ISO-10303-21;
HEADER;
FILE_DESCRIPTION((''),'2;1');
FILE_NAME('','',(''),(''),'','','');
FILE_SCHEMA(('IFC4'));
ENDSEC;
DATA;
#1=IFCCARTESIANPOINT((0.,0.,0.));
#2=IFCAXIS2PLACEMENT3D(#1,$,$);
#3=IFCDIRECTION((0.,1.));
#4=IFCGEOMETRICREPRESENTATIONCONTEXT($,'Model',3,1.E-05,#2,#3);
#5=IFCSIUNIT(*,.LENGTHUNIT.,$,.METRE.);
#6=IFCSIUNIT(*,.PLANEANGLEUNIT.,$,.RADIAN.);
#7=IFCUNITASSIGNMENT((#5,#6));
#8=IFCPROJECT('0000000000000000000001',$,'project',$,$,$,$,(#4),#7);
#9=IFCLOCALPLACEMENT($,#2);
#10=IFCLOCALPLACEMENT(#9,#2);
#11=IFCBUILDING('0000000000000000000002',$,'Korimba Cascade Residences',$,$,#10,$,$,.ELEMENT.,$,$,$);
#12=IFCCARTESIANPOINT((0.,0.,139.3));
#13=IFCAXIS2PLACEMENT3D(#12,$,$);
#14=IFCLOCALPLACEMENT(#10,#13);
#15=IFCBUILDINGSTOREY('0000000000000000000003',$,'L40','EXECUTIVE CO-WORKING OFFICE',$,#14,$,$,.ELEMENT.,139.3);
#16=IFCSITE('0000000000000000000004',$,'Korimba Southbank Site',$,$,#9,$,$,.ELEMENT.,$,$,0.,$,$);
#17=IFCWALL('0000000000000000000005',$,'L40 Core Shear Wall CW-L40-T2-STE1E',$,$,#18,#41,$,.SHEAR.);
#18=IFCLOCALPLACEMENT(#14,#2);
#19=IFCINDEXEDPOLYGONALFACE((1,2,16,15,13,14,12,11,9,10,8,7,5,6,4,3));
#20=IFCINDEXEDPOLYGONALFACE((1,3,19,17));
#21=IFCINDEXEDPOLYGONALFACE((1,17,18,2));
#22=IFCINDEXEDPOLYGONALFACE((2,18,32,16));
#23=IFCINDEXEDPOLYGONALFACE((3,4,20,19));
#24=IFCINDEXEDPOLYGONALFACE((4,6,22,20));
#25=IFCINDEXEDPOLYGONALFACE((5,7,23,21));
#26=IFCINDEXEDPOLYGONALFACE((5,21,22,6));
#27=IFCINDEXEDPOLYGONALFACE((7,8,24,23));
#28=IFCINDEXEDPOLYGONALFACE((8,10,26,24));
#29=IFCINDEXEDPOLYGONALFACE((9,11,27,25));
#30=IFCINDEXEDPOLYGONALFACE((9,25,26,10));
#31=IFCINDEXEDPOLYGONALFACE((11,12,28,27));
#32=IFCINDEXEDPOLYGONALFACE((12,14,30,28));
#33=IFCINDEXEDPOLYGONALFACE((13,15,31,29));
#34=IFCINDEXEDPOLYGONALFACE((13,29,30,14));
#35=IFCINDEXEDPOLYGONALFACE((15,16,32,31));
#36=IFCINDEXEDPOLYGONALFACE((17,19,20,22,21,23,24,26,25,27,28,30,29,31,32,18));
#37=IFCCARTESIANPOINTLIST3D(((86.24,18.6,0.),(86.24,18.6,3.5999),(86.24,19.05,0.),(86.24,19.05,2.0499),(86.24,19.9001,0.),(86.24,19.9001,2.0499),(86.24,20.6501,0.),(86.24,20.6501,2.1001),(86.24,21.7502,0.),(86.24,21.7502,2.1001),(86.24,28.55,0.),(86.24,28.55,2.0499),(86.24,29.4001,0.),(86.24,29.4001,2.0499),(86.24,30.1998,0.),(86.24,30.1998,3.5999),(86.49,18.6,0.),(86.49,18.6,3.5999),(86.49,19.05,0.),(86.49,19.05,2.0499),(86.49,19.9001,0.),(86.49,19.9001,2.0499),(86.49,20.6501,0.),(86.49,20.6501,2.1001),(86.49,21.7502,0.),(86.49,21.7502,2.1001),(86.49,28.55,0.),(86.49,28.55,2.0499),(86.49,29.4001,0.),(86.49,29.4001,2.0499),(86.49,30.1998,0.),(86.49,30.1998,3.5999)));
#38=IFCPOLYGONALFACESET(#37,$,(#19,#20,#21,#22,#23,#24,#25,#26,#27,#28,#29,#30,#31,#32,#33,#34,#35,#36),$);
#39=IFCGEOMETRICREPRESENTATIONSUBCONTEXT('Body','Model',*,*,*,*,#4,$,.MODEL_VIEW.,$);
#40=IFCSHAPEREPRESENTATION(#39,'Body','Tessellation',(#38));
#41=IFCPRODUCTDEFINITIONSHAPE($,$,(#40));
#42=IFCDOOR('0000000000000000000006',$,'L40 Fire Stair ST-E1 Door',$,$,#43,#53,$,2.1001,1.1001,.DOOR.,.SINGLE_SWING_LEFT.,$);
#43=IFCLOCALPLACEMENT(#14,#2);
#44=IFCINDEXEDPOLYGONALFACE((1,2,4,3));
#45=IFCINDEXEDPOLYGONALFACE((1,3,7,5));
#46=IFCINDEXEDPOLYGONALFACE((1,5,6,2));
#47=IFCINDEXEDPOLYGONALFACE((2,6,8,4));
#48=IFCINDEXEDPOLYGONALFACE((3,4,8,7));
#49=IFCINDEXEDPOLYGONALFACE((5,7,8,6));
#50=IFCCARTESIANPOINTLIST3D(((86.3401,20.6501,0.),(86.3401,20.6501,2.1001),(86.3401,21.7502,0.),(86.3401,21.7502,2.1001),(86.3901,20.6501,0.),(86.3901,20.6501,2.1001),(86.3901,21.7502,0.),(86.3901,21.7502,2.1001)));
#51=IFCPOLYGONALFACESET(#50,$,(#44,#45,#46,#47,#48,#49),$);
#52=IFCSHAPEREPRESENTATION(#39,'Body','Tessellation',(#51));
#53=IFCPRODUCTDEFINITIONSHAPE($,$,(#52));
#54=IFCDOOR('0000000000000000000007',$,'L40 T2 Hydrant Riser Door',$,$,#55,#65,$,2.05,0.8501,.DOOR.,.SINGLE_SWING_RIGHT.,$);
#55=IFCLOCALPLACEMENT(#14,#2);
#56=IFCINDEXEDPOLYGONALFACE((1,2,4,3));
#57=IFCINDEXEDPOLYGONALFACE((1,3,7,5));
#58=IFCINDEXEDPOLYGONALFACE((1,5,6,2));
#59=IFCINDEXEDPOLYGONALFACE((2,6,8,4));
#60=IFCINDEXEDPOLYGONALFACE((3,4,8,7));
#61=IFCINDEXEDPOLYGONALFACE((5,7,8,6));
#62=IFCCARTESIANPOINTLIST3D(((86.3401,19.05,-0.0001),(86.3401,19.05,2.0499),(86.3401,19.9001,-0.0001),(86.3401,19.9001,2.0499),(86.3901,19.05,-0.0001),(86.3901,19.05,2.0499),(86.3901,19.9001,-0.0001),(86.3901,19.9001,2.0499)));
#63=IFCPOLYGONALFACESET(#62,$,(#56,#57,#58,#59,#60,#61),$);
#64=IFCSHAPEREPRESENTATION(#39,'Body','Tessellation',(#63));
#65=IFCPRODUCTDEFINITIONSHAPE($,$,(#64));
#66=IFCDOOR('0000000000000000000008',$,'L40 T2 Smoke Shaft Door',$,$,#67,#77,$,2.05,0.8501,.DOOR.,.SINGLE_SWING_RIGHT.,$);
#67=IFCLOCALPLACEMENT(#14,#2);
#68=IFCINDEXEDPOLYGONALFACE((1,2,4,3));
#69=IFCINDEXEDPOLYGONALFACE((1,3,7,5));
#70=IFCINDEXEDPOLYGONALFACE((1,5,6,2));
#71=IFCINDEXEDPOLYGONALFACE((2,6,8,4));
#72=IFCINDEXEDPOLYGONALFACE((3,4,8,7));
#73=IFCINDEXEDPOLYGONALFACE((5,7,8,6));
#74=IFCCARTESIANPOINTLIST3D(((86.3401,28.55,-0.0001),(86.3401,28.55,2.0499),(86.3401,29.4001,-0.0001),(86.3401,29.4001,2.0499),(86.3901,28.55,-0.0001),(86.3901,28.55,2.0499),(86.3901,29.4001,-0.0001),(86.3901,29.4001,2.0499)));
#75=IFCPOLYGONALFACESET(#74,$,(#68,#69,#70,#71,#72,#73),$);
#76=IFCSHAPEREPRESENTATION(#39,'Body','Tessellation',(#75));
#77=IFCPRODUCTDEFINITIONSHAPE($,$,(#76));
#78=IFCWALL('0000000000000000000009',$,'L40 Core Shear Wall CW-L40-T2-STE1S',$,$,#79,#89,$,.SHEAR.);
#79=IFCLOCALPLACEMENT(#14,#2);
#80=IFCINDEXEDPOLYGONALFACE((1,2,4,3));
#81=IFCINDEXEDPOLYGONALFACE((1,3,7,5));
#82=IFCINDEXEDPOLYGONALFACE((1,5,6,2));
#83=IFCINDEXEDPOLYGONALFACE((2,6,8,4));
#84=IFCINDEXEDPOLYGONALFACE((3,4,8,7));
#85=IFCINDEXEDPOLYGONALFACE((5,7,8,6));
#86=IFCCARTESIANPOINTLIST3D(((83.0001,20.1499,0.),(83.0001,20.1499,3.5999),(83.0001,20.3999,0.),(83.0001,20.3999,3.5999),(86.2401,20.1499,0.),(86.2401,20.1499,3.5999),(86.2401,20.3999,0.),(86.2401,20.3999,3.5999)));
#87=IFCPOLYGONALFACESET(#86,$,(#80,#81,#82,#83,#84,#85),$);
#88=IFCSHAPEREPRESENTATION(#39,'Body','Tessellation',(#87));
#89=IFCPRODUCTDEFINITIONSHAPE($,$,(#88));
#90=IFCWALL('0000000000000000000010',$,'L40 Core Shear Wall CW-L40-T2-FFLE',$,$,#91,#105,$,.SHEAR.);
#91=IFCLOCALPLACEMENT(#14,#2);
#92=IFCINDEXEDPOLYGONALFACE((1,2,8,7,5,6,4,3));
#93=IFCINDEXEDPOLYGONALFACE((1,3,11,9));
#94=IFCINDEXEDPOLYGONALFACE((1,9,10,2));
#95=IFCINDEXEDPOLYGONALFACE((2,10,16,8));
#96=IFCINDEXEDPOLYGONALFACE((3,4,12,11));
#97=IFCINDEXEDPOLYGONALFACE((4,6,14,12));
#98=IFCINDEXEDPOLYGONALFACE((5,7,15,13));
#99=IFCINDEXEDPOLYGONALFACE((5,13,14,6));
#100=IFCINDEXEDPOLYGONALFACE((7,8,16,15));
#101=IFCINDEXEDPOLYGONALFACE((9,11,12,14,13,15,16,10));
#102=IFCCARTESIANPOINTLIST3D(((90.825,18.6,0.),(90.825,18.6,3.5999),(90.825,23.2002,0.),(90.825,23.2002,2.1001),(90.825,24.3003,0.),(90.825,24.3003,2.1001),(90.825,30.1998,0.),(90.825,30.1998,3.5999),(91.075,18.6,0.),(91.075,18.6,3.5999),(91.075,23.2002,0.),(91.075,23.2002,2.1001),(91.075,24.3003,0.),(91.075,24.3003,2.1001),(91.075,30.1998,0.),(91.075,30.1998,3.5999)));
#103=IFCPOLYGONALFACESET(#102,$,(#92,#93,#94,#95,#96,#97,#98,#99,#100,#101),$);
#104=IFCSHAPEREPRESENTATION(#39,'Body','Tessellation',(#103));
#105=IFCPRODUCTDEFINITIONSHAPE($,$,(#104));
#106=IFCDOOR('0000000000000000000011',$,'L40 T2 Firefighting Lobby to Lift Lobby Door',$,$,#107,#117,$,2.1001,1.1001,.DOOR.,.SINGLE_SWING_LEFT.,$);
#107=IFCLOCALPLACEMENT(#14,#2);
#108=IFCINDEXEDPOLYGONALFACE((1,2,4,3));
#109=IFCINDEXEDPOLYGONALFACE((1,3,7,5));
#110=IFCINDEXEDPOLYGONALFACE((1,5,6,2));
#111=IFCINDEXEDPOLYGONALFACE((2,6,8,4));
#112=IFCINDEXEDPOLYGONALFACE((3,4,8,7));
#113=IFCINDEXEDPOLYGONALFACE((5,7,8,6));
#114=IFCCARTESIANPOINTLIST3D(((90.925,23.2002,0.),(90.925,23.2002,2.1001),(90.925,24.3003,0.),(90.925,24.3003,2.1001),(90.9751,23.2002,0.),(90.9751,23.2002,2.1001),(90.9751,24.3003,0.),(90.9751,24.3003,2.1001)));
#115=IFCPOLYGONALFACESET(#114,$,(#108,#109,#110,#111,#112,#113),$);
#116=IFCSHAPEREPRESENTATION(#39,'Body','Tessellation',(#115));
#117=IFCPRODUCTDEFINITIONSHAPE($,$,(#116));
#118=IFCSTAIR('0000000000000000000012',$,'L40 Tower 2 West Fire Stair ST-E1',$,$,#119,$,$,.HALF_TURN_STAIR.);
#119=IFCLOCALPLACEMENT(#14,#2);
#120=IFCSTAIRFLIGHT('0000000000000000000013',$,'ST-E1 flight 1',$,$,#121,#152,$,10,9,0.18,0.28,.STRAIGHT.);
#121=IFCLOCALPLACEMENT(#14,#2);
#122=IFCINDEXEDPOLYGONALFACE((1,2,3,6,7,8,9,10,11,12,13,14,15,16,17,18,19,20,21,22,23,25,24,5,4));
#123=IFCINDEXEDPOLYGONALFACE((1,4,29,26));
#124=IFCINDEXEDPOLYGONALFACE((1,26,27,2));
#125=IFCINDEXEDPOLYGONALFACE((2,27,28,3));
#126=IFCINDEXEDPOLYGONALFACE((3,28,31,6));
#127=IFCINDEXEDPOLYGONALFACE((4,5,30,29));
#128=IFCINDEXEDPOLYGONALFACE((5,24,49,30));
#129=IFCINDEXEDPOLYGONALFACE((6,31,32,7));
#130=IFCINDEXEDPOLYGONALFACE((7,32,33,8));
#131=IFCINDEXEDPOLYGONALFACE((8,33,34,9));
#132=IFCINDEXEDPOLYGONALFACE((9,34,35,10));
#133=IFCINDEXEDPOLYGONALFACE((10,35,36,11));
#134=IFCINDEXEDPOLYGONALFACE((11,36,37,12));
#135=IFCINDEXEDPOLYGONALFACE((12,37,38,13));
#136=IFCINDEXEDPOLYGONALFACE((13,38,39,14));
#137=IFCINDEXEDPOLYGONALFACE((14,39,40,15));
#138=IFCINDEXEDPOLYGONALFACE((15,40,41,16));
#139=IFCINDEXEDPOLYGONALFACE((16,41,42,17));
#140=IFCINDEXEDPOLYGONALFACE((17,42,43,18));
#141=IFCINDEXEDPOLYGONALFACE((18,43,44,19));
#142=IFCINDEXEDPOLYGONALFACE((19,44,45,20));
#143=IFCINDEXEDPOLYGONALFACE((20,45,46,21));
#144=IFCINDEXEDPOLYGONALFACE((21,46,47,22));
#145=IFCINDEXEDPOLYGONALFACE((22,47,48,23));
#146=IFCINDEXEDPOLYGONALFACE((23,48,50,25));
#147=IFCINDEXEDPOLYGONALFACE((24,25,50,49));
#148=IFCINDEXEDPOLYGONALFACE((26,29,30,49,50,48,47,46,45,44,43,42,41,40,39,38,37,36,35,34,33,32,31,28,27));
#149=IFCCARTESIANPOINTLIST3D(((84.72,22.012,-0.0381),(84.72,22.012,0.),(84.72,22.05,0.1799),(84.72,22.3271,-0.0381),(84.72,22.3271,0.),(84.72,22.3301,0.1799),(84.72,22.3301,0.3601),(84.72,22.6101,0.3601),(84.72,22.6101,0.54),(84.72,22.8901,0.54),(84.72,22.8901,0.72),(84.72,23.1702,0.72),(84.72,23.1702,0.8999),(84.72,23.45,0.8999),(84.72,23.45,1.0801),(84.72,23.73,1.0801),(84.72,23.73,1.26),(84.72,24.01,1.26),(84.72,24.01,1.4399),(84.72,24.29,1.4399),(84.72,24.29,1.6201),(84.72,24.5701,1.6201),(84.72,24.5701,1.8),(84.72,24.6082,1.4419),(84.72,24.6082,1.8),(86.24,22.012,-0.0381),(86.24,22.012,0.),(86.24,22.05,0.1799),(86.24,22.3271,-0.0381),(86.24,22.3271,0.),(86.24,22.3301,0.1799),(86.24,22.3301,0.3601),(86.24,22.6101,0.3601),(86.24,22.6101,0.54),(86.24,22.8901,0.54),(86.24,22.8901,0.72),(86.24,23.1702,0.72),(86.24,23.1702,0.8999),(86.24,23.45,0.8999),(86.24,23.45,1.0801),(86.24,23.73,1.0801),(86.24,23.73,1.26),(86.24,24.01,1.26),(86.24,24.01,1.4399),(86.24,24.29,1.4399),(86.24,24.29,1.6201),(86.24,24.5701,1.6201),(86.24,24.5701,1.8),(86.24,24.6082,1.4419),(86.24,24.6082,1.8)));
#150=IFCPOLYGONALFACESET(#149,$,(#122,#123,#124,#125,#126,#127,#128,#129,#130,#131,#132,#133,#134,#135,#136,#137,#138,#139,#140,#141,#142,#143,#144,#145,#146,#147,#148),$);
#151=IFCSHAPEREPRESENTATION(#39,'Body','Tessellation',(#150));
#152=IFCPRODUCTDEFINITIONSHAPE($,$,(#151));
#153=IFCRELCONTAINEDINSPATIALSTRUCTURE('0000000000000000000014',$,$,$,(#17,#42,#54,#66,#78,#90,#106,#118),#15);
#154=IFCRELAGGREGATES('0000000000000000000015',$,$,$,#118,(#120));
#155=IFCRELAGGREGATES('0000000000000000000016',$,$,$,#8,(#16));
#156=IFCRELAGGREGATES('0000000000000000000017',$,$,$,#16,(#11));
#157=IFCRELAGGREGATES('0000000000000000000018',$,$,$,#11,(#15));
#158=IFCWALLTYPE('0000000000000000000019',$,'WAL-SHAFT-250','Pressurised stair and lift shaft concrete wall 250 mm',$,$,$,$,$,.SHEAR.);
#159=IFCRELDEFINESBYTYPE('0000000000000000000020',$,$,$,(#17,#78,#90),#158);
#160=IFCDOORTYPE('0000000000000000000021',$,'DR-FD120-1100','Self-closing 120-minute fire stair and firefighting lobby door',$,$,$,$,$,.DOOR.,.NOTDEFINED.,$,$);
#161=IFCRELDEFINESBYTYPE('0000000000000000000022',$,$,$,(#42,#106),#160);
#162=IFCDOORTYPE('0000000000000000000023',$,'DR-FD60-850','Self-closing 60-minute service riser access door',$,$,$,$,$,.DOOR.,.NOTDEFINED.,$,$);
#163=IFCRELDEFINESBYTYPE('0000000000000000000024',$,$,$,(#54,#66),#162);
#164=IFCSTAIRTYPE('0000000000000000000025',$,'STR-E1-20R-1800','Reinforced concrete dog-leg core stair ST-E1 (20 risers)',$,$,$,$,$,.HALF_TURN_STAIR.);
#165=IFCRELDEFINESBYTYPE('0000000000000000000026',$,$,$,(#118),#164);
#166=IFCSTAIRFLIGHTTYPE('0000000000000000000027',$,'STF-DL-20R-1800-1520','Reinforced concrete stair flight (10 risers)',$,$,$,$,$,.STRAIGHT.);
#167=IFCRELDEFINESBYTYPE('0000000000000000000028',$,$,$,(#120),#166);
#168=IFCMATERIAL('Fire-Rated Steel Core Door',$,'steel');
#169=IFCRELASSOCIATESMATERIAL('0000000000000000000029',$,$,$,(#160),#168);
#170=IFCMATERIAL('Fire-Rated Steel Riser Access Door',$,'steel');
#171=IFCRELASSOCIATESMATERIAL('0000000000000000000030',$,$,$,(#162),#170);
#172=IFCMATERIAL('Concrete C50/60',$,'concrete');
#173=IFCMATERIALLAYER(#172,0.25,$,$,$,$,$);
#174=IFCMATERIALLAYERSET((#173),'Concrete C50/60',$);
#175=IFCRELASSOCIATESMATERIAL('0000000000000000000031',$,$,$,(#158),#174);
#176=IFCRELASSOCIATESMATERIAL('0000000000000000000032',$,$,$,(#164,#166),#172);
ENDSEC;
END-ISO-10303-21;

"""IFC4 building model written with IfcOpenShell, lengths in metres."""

from ifc_helpers import new_model, si_unit, direction, frame, frame_2d, origin, place, context, subcontext, project, spatial, polyline, rectangle, outline, extrude, material, layer, layer_set, type_object, element, fill, aggregate, save


model = new_model("IFC4")

# Units and contexts
model_context = context("Model", 3, precision=1e-05, world=origin(), true_north=direction((0.0, 1.0)))
body_context = subcontext(model_context, "Body", "Model", "MODEL_VIEW")
ifc_project = project(units=[si_unit("LENGTHUNIT", "METRE"), si_unit("PLANEANGLEUNIT", "RADIAN")], contexts=[model_context])

# Site, building, storey
site_placement = place(None, origin())
site = spatial("IfcSite", under=ifc_project, at=site_placement, Name="Korimba Southbank Site", CompositionType="ELEMENT", RefElevation=0.0)
building_placement = place(site_placement, origin())
building = spatial("IfcBuilding", under=site, at=building_placement, Name="Korimba Cascade Residences", CompositionType="ELEMENT")
storey_placement = place(building_placement, frame((0.0, 0.0, 139.3)))
storey = spatial("IfcBuildingStorey", under=building, at=storey_placement, Name="L40", Description="EXECUTIVE CO-WORKING OFFICE", CompositionType="ELEMENT", Elevation=139.3)

# Shared definitions
ifc_material_1 = material(Name="Fire-Rated Steel Core Door", Category="steel")
door_type_1 = type_object("IfcDoorType", Name="DR-FD120-1100", Description="Self-closing 120-minute fire stair and firefighting lobby door", OperationType="NOTDEFINED", PredefinedType="DOOR", material=ifc_material_1)

# Shared definitions
ifc_material_2 = material(Name="Fire-Rated Steel Riser Access Door", Category="steel")
door_type_2 = type_object("IfcDoorType", Name="DR-FD60-850", Description="Self-closing 60-minute service riser access door", OperationType="NOTDEFINED", PredefinedType="DOOR", material=ifc_material_2)

# Shared definitions
ifc_material_3 = material(Name="Concrete C50/60", Category="concrete")
ifc_layer_1 = layer(ifc_material_3, 0.25)
ifc_layer_set_1 = layer_set([ifc_layer_1], Name="Concrete C50/60")
wall_type_1 = type_object("IfcWallType", Name="WAL-SHAFT-250", Description="Pressurised stair and lift shaft concrete wall 250 mm", PredefinedType="SHEAR", material=ifc_layer_set_1)

# Wall, openings, doors
wall_1_placement = place(storey_placement, frame((86.365, 18.6001, 0.0), z_axis=(0.0, 0.0, 1.0), x_axis=(0.0, 1.0, 0.0)))
wall_1 = element("IfcWall", 1, at=wall_1_placement, inside=storey, type_object=wall_type_1, Name="L40 Core Shear Wall CW-L40-T2-STE1E", PredefinedType="SHEAR", context=body_context, shape_type="SweptSolid", body=[
    extrude(rectangle(XDim=11.5999, YDim=0.25, at=frame_2d((5.7998, 0.0))), origin(), (0.0, 0.0, 1.0), 3.5999),
])
opening_1_placement = place(wall_1_placement, frame((0.45, 0.0, 0.0)))
opening_1 = element("IfcOpeningElement", 2, at=opening_1_placement, cuts=wall_1, PredefinedType="OPENING", context=body_context, shape_type="SweptSolid", body=[
    extrude(rectangle(XDim=0.8501, YDim=2.05, at=frame_2d((0.425, 1.0249))), frame((0.0, 0.135, 0.0), z_axis=(0.0, -1.0, 0.0), x_axis=(1.0, 0.0, 0.0)), (0.0, 0.0, 1.0), 0.27),
])
opening_2_placement = place(wall_1_placement, frame((2.05, 0.0, 0.0)))
opening_2 = element("IfcOpeningElement", 3, at=opening_2_placement, cuts=wall_1, PredefinedType="OPENING", context=body_context, shape_type="SweptSolid", body=[
    extrude(rectangle(XDim=1.1001, YDim=2.1001, at=frame_2d((0.55, 1.05))), frame((0.0, 0.135, 0.0), z_axis=(0.0, -1.0, 0.0), x_axis=(1.0, 0.0, 0.0)), (0.0, 0.0, 1.0), 0.27),
])
opening_3_placement = place(wall_1_placement, frame((9.95, 0.0, 0.0)))
opening_3 = element("IfcOpeningElement", 4, at=opening_3_placement, cuts=wall_1, PredefinedType="OPENING", context=body_context, shape_type="SweptSolid", body=[
    extrude(rectangle(XDim=0.8501, YDim=2.05, at=frame_2d((0.425, 1.0249))), frame((0.0, 0.135, 0.0), z_axis=(0.0, -1.0, 0.0), x_axis=(1.0, 0.0, 0.0)), (0.0, 0.0, 1.0), 0.27),
])
door_1_placement = place(opening_2_placement, origin())
door_1 = element("IfcDoor", 5, at=door_1_placement, inside=storey, type_object=door_type_1, Name="L40 Fire Stair ST-E1 Door", OperationType="SINGLE_SWING_LEFT", OverallHeight=2.1001, OverallWidth=1.1001, PredefinedType="DOOR", context=body_context, shape_type="SweptSolid", body=[
    extrude(rectangle(XDim=1.1001, YDim=2.1001, at=frame_2d((0.55, 1.05))), frame((0.0, 0.0249, 0.0), z_axis=(0.0, -1.0, 0.0), x_axis=(1.0, 0.0, 0.0)), (0.0, 0.0, 1.0), 0.05),
])
fill(opening_2, door_1)
door_2_placement = place(opening_1_placement, origin())
door_2 = element("IfcDoor", 6, at=door_2_placement, inside=storey, type_object=door_type_2, Name="L40 T2 Hydrant Riser Door", OperationType="SINGLE_SWING_RIGHT", OverallHeight=2.05, OverallWidth=0.8501, PredefinedType="DOOR", context=body_context, shape_type="SweptSolid", body=[
    extrude(rectangle(XDim=0.8501, YDim=2.05, at=frame_2d((0.425, 1.0249))), frame((0.0, 0.0249, 0.0), z_axis=(0.0, -1.0, 0.0), x_axis=(1.0, 0.0, 0.0)), (0.0, 0.0, 1.0), 0.05),
])
fill(opening_1, door_2)
door_3_placement = place(opening_3_placement, origin())
door_3 = element("IfcDoor", 7, at=door_3_placement, inside=storey, type_object=door_type_2, Name="L40 T2 Smoke Shaft Door", OperationType="SINGLE_SWING_RIGHT", OverallHeight=2.05, OverallWidth=0.8501, PredefinedType="DOOR", context=body_context, shape_type="SweptSolid", body=[
    extrude(rectangle(XDim=0.8501, YDim=2.05, at=frame_2d((0.425, 1.0249))), frame((0.0, 0.0249, 0.0), z_axis=(0.0, -1.0, 0.0), x_axis=(1.0, 0.0, 0.0)), (0.0, 0.0, 1.0), 0.05),
])
fill(opening_3, door_3)

# Wall
wall_2_placement = place(storey_placement, frame((83.0, 20.2749, 0.0), z_axis=(0.0, 0.0, 1.0), x_axis=(1.0, 0.0, 0.0)))
element("IfcWall", 8, at=wall_2_placement, inside=storey, type_object=wall_type_1, Name="L40 Core Shear Wall CW-L40-T2-STE1S", PredefinedType="SHEAR", context=body_context, shape_type="SweptSolid", body=[
    extrude(rectangle(XDim=3.24, YDim=0.25, at=frame_2d((1.6201, 0.0))), origin(), (0.0, 0.0, 1.0), 3.5999),
])

# Wall, opening, door
wall_3_placement = place(storey_placement, frame((90.95, 18.6001, 0.0), z_axis=(0.0, 0.0, 1.0), x_axis=(0.0, 1.0, 0.0)))
wall_3 = element("IfcWall", 9, at=wall_3_placement, inside=storey, type_object=wall_type_1, Name="L40 Core Shear Wall CW-L40-T2-FFLE", PredefinedType="SHEAR", context=body_context, shape_type="SweptSolid", body=[
    extrude(rectangle(XDim=11.5999, YDim=0.25, at=frame_2d((5.7998, 0.0))), origin(), (0.0, 0.0, 1.0), 3.5999),
])
opening_4_placement = place(wall_3_placement, frame((4.6001, 0.0, 0.0)))
opening_4 = element("IfcOpeningElement", 10, at=opening_4_placement, cuts=wall_3, PredefinedType="OPENING", context=body_context, shape_type="SweptSolid", body=[
    extrude(rectangle(XDim=1.1001, YDim=2.1001, at=frame_2d((0.55, 1.05))), frame((0.0, 0.135, 0.0), z_axis=(0.0, -1.0, 0.0), x_axis=(1.0, 0.0, 0.0)), (0.0, 0.0, 1.0), 0.27),
])
door_4_placement = place(opening_4_placement, origin())
door_4 = element("IfcDoor", 11, at=door_4_placement, inside=storey, type_object=door_type_1, Name="L40 T2 Firefighting Lobby to Lift Lobby Door", OperationType="SINGLE_SWING_LEFT", OverallHeight=2.1001, OverallWidth=1.1001, PredefinedType="DOOR", context=body_context, shape_type="SweptSolid", body=[
    extrude(rectangle(XDim=1.1001, YDim=2.1001, at=frame_2d((0.55, 1.05))), frame((0.0, 0.0249, 0.0), z_axis=(0.0, -1.0, 0.0), x_axis=(1.0, 0.0, 0.0)), (0.0, 0.0, 1.0), 0.05),
])
fill(opening_4, door_4)

# Stair, stair flight
stair_type = type_object("IfcStairType", Name="STR-E1-20R-1800", Description="Reinforced concrete dog-leg core stair ST-E1 (20 risers)", PredefinedType="HALF_TURN_STAIR", material=ifc_material_3)
stair_placement = place(storey_placement, origin())
stair = element("IfcStair", 12, at=stair_placement, inside=storey, type_object=stair_type, Name="L40 Tower 2 West Fire Stair ST-E1", PredefinedType="HALF_TURN_STAIR")
stair_flight_type = type_object("IfcStairFlightType", Name="STF-DL-20R-1800-1520", Description="Reinforced concrete stair flight (10 risers)", PredefinedType="STRAIGHT", material=ifc_material_3)
stair_flight_placement = place(storey_placement, frame((85.48, 22.05, 0.0), z_axis=(0.0, 0.0, 1.0), x_axis=(0.0, 1.0, 0.0)))
stair_flight = element("IfcStairFlight", 13, at=stair_flight_placement, type_object=stair_flight_type, Name="ST-E1 flight 1", NumberOfRisers=10, NumberOfTreads=9, PredefinedType="STRAIGHT", RiserHeight=0.18, TreadLength=0.28, context=body_context, shape_type="SweptSolid", body=[
    extrude(outline(polyline([(-0.0381, 0.0), (0.0, 0.1799), (0.28, 0.1799), (0.28, 0.3601), (0.5601, 0.3601), (0.5601, 0.54), (0.8401, 0.54), (0.8401, 0.72), (1.1201, 0.72), (1.1201, 0.8999), (1.3999, 0.8999), (1.3999, 1.0801), (1.6799, 1.0801), (1.6799, 1.26), (1.96, 1.26), (1.96, 1.4399), (2.24, 1.4399), (2.24, 1.6201), (2.52, 1.6201), (2.52, 1.8), (2.5581, 1.8), (2.5581, 1.4419), (0.2771, 0.0), (0.2771, -0.0381), (-0.0381, -0.0381), (-0.0381, 0.0)])), frame((0.0, 0.76, 0.0), z_axis=(0.0, -1.0, 0.0), x_axis=(1.0, 0.0, 0.0)), (0.0, 0.0, 1.0), 1.52),
])
aggregate(stair, [stair_flight])

save(model, "model.ifc")
